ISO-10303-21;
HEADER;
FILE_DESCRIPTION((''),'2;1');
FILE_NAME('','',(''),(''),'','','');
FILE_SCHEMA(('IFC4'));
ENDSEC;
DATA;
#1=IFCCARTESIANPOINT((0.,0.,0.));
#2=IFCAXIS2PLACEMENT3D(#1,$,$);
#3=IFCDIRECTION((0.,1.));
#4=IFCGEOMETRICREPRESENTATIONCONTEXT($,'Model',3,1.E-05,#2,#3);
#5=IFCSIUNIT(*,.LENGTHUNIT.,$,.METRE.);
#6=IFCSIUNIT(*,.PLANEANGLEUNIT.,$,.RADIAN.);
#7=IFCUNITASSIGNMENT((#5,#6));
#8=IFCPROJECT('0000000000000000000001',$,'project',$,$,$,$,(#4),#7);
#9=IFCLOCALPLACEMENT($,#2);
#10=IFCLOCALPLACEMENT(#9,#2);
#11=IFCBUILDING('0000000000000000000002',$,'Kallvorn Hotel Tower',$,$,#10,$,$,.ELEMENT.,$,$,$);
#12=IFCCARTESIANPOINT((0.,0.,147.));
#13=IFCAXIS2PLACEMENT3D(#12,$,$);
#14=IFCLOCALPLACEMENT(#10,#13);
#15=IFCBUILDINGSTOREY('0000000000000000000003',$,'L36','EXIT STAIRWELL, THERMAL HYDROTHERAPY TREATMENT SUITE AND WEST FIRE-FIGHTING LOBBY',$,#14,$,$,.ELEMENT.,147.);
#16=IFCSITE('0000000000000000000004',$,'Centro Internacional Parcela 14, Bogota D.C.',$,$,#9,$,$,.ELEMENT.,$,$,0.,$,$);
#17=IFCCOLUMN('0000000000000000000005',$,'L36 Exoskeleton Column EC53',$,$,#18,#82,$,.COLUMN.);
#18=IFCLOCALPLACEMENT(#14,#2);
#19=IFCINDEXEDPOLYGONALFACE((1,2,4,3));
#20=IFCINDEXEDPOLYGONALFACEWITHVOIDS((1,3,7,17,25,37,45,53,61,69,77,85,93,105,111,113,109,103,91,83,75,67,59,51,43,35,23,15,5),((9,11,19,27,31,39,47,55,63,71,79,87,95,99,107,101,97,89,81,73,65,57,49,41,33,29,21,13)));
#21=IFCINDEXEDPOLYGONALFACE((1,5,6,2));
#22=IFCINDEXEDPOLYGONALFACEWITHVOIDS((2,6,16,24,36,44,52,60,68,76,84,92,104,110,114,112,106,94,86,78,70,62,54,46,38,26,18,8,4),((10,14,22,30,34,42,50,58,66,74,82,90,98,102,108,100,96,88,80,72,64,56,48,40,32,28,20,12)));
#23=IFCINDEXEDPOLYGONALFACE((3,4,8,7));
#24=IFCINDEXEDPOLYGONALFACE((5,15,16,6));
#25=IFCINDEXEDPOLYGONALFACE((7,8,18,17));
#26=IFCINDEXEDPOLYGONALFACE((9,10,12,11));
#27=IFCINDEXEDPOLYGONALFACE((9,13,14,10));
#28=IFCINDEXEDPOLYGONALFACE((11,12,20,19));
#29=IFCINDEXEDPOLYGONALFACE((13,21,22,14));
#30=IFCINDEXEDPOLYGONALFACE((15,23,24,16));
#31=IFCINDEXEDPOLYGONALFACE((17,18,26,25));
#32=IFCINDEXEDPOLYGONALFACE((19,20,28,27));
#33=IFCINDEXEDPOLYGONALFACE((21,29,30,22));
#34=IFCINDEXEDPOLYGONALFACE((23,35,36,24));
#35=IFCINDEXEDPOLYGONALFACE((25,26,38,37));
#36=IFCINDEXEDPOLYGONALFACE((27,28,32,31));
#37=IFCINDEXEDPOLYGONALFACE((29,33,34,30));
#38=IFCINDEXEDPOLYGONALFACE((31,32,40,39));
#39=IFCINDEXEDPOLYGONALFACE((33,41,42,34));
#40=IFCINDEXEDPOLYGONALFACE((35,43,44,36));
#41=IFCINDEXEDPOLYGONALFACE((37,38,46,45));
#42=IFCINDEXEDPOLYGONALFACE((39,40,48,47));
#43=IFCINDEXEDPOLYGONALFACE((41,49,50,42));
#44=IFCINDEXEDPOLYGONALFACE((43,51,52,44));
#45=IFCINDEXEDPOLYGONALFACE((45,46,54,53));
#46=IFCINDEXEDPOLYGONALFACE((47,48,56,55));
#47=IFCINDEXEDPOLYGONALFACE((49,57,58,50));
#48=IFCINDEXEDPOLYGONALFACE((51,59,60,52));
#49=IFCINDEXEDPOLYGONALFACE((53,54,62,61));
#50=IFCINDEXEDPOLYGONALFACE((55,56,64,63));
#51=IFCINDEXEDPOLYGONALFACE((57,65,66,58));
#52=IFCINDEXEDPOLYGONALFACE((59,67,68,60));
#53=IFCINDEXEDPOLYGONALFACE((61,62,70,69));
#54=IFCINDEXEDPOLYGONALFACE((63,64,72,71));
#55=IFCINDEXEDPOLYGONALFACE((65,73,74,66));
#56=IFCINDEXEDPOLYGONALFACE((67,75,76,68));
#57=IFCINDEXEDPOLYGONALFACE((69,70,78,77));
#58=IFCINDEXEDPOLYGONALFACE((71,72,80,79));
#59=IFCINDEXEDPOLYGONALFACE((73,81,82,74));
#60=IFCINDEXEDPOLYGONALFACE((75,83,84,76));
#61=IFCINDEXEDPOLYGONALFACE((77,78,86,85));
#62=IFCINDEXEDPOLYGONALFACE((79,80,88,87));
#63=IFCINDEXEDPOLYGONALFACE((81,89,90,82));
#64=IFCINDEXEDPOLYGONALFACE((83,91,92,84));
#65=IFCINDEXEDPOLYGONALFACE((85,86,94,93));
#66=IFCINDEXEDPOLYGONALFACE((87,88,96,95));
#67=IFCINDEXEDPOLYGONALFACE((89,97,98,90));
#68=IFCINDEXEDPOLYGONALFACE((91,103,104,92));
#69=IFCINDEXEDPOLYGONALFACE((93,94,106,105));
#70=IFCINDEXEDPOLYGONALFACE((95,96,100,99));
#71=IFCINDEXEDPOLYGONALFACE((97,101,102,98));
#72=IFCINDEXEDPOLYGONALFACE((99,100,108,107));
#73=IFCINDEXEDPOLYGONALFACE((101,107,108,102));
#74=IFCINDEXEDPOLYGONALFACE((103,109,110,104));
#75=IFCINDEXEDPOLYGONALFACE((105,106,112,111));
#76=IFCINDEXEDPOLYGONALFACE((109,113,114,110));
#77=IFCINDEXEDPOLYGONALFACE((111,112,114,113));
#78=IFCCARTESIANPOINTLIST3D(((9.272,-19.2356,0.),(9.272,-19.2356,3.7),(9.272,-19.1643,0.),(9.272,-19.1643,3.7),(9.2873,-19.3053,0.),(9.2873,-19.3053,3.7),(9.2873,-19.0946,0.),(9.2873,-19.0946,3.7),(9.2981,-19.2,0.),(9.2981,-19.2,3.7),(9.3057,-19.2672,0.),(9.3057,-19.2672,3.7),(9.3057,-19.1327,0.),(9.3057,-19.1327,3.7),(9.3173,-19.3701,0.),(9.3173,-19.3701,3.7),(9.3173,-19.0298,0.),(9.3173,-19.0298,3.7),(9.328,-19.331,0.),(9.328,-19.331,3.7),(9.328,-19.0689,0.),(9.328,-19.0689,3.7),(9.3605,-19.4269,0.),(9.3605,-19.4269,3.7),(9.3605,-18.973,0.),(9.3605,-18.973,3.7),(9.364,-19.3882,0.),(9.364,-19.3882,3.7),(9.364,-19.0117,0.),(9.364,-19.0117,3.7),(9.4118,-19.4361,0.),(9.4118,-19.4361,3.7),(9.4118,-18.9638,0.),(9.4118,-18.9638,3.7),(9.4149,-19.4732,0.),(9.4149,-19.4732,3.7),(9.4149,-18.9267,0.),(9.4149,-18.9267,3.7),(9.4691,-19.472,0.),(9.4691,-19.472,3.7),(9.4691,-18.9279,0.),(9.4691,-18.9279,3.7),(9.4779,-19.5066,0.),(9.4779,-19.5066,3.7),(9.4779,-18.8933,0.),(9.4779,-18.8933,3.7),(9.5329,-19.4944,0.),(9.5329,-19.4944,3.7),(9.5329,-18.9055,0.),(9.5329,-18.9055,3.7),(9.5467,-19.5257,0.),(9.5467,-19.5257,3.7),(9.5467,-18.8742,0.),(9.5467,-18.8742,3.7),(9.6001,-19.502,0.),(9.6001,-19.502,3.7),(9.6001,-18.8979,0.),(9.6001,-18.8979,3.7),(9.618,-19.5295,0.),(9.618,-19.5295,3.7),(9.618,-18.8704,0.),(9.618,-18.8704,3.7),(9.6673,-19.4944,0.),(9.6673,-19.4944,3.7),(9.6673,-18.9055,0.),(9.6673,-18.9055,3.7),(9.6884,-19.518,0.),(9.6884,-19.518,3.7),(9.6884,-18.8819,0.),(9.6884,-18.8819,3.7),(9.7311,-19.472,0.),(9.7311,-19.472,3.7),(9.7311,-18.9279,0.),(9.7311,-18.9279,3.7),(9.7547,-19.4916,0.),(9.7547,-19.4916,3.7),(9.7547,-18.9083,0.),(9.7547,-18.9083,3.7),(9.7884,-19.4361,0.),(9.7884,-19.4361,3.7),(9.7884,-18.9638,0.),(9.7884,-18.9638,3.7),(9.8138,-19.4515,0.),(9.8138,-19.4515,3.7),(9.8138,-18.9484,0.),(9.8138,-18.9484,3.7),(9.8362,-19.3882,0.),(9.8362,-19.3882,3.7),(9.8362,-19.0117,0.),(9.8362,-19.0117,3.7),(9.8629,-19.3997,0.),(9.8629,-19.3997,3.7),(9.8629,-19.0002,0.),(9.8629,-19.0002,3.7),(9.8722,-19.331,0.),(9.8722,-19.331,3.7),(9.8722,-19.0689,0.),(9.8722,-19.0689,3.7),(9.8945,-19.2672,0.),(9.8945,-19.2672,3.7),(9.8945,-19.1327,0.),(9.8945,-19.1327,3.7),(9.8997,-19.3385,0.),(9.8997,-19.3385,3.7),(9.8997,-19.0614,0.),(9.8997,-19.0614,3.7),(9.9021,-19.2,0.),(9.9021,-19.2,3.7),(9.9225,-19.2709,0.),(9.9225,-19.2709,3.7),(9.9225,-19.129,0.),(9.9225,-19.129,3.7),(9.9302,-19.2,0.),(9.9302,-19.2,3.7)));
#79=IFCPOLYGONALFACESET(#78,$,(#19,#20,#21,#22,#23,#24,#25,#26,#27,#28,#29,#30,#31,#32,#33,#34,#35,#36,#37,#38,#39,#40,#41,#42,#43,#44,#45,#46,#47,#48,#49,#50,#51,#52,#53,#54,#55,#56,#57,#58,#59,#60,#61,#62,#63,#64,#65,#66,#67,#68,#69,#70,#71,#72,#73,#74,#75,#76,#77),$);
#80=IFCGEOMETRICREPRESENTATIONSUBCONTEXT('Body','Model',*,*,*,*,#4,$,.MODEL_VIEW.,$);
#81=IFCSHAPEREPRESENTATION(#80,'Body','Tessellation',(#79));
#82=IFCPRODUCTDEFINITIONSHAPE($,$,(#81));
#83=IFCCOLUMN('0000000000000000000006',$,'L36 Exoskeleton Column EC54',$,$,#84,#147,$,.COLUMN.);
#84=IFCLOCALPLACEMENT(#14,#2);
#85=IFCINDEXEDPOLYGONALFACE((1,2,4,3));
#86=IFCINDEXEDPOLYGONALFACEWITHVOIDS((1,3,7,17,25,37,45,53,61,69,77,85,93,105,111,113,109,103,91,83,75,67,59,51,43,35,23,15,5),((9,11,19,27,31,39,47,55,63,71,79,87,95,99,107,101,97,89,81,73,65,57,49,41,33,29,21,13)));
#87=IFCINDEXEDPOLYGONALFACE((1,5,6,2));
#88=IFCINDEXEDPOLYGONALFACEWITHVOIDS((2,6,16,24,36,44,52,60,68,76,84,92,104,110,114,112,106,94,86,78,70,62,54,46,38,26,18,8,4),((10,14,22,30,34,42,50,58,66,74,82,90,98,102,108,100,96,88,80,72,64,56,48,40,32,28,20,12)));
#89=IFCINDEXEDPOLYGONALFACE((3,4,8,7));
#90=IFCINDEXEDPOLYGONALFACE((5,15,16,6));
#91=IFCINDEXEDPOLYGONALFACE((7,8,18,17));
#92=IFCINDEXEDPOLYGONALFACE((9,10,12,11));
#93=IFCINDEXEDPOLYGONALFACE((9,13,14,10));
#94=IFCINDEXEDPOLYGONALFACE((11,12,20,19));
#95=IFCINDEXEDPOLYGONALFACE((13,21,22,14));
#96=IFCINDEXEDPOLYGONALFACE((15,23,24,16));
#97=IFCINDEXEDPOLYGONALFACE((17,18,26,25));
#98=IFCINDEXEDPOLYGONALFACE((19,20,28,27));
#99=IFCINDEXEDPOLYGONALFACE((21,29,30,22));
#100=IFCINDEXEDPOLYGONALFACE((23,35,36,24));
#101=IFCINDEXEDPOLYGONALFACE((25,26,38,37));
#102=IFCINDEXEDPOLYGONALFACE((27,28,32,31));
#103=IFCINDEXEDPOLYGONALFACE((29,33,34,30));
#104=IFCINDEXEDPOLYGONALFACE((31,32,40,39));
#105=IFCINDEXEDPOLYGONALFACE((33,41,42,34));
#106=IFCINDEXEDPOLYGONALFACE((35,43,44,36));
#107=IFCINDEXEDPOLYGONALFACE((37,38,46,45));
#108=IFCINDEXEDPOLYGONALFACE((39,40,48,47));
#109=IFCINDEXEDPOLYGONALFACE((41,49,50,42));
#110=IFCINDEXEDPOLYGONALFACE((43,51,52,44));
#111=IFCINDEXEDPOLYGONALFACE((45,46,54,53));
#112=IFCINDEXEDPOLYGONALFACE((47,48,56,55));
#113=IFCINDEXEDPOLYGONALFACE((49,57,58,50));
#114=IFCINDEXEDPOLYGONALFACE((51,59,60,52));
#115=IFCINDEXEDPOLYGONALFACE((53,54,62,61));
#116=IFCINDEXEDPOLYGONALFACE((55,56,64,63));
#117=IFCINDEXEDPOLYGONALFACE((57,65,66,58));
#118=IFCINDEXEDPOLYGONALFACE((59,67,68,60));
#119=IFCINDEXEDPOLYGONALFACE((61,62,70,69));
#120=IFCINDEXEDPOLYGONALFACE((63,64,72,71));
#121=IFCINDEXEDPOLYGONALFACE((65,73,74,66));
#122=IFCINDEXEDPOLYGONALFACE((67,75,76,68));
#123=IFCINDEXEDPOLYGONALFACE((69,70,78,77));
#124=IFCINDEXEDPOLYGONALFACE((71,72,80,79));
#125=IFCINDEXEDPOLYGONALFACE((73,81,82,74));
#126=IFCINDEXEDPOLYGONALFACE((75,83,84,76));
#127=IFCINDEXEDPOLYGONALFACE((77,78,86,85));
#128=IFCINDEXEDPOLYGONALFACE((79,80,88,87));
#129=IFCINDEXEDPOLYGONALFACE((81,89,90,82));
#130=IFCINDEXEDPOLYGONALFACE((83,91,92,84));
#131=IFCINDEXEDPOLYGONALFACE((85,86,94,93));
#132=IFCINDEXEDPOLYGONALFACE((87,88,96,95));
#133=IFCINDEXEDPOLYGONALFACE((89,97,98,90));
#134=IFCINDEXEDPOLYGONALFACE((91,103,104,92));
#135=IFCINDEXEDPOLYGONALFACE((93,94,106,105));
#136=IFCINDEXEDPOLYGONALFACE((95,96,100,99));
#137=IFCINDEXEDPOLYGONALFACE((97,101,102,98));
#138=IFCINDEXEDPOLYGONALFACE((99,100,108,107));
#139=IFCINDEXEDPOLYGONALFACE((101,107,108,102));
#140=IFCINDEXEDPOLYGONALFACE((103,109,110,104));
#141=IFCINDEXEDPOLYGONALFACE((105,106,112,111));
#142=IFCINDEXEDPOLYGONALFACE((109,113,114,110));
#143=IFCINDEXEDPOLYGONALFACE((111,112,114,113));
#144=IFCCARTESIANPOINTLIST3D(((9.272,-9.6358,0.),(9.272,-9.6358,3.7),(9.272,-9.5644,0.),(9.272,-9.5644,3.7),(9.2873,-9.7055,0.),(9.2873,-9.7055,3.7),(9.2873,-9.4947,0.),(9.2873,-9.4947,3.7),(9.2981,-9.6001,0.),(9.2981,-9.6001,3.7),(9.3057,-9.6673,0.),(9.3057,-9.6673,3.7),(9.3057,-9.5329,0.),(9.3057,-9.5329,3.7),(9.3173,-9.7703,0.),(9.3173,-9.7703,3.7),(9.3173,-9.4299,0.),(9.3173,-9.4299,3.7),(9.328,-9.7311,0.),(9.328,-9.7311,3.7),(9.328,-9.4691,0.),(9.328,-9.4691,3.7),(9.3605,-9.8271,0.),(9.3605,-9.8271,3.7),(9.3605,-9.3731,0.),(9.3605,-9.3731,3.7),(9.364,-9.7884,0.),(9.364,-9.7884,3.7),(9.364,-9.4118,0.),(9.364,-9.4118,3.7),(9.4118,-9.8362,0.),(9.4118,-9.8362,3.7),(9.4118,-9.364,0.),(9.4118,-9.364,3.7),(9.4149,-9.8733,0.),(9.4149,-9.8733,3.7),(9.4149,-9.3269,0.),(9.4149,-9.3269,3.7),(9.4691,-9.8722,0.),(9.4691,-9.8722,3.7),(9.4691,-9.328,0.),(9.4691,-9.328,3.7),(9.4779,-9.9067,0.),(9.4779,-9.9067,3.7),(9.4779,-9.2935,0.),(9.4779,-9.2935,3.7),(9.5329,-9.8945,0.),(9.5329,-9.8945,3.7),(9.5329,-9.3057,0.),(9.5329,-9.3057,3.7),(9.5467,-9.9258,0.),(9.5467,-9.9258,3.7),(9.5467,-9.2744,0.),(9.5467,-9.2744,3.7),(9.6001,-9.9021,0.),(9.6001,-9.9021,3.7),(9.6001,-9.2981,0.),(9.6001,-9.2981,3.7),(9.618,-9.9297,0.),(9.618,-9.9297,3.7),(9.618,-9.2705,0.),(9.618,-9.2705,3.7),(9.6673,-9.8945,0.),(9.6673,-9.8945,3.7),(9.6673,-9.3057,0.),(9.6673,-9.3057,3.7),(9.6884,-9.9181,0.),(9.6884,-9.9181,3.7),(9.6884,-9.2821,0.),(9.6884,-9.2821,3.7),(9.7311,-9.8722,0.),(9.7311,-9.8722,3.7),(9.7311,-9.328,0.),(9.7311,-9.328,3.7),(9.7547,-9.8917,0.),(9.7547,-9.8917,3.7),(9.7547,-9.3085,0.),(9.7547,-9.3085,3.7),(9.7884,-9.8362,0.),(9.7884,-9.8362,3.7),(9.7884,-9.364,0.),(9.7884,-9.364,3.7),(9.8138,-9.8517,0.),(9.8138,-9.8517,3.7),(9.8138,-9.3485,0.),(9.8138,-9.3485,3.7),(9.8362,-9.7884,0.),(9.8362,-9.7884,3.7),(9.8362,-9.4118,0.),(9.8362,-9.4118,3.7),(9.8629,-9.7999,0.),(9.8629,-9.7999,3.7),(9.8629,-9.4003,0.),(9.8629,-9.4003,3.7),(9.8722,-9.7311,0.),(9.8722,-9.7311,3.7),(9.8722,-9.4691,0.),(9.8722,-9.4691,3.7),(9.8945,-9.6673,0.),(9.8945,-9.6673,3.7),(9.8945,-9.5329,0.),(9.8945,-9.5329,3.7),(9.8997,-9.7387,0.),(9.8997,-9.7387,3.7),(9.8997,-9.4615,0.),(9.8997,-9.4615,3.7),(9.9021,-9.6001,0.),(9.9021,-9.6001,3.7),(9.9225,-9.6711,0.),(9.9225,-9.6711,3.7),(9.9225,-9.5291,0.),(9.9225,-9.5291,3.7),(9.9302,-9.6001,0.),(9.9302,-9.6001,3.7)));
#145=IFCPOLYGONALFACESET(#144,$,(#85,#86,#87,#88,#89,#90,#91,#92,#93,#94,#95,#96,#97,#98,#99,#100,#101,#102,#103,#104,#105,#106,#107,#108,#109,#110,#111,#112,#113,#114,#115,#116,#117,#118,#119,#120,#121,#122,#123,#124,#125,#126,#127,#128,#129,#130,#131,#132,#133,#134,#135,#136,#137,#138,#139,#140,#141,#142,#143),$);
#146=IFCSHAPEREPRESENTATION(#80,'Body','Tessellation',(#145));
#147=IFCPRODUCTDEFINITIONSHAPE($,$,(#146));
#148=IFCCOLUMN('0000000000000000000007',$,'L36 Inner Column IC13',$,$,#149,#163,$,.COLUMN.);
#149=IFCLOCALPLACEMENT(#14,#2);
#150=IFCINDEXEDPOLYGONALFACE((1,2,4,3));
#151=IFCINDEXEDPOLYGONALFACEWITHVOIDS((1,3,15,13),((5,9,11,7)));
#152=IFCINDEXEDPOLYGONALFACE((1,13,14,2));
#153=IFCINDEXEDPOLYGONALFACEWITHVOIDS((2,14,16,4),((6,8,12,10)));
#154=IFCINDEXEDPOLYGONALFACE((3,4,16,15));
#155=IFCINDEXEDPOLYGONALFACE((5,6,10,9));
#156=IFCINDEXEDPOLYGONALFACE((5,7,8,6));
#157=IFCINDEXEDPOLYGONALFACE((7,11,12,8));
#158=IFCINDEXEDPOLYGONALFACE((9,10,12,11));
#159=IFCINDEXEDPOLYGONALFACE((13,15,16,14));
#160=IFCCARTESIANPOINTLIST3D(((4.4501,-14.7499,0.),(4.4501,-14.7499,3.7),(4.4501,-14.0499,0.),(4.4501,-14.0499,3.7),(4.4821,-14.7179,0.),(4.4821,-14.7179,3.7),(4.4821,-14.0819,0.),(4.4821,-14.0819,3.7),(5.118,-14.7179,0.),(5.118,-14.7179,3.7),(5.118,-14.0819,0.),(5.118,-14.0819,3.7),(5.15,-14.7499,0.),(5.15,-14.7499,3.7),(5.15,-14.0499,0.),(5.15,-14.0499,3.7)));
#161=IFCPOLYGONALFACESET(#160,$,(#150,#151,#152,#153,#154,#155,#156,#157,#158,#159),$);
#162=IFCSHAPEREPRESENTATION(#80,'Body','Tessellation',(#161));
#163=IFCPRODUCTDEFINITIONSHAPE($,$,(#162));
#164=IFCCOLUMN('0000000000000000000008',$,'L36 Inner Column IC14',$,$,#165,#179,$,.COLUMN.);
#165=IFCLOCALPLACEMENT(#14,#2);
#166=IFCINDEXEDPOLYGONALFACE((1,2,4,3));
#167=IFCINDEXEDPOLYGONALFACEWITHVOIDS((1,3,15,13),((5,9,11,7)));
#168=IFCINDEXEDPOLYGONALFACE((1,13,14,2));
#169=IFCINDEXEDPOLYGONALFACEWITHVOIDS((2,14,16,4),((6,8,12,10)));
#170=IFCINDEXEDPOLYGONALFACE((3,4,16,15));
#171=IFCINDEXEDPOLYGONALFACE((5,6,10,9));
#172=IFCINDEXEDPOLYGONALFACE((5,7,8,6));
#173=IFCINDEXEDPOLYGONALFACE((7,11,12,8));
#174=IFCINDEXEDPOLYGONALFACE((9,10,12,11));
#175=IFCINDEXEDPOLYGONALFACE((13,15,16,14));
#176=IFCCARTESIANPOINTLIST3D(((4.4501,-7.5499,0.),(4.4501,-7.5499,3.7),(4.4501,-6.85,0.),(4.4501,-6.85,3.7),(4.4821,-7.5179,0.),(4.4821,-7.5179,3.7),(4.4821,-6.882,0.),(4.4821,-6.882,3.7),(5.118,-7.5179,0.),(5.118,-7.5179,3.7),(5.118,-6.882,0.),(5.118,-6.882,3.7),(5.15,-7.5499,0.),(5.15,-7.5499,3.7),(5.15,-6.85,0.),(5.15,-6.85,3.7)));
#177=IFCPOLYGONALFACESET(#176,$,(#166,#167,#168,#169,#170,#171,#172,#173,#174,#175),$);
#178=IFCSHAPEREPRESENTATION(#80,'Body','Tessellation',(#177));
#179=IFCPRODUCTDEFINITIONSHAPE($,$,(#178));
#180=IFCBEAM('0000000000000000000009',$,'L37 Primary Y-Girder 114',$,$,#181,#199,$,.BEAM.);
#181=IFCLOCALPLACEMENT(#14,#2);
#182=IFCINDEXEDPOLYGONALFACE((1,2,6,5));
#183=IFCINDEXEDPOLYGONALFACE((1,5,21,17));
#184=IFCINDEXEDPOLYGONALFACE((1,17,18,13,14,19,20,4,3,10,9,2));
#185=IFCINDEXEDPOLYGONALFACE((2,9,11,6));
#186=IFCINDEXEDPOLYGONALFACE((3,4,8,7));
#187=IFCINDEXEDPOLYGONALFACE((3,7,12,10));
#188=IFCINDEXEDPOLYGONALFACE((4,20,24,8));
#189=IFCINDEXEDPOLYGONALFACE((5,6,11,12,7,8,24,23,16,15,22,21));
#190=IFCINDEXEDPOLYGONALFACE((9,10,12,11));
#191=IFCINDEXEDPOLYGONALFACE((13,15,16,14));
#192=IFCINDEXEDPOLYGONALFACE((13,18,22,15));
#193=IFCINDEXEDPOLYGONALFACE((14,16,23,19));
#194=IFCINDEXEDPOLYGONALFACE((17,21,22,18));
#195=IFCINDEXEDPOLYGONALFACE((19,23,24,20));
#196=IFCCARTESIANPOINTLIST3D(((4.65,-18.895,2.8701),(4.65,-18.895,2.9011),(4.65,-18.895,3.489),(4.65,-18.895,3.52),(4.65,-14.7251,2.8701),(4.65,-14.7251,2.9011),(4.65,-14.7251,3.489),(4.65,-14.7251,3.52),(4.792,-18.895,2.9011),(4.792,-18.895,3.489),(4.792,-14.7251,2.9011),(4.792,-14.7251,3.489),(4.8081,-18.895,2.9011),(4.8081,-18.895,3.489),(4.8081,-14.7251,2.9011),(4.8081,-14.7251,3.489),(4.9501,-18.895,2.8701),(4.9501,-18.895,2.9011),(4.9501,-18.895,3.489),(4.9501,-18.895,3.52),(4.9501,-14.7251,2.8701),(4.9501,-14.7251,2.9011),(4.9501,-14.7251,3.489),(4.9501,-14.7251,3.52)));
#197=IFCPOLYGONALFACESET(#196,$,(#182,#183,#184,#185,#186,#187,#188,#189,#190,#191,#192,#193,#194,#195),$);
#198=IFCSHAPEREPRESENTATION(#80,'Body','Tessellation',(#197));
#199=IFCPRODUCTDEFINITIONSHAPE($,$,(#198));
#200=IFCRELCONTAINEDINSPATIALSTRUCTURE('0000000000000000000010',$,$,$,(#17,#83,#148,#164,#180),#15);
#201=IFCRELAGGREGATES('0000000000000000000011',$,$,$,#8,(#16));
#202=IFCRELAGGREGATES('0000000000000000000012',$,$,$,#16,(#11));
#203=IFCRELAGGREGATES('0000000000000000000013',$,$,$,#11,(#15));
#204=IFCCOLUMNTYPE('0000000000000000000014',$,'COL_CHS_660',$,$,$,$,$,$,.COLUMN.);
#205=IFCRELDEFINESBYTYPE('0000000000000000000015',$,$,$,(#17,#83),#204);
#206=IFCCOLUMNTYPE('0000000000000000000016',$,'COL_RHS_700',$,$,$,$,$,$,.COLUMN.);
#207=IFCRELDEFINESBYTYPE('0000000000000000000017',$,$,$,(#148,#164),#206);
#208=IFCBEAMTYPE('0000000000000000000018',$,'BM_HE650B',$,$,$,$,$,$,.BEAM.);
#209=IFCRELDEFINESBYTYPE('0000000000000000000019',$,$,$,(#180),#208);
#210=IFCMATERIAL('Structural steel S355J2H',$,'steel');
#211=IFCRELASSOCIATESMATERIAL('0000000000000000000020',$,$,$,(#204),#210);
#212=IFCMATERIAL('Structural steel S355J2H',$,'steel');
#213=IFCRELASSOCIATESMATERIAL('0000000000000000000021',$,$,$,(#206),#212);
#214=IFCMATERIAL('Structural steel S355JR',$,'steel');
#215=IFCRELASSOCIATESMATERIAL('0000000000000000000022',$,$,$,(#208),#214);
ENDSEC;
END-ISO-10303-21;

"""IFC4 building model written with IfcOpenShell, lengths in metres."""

from ifc_helpers import new_model, si_unit, direction, frame, origin, origin_2d, place, context, subcontext, project, spatial, hollow_rectangle, hollow_circle, i_section, extrude, material, material_profile, profile_set, type_object, element, save


model = new_model("IFC4")

# Units and contexts
model_context = context("Model", 3, precision=1e-05, world=origin(), true_north=direction((0.0, 1.0)))
body_context = subcontext(model_context, "Body", "Model", "MODEL_VIEW")
ifc_project = project(units=[si_unit("LENGTHUNIT", "METRE"), si_unit("PLANEANGLEUNIT", "RADIAN")], contexts=[model_context])

# Site, building, storey
site_placement = place(None, origin())
site = spatial("IfcSite", under=ifc_project, at=site_placement, Name="Centro Internacional Parcela 14, Bogota D.C.", CompositionType="ELEMENT", RefElevation=0.0)
building_placement = place(site_placement, origin())
building = spatial("IfcBuilding", under=site, at=building_placement, Name="Kallvorn Hotel Tower", CompositionType="ELEMENT")
storey_placement = place(building_placement, frame((0.0, 0.0, 147.0)))
storey = spatial("IfcBuildingStorey", under=building, at=storey_placement, Name="L36", Description="EXIT STAIRWELL, THERMAL HYDROTHERAPY TREATMENT SUITE AND WEST FIRE-FIGHTING LOBBY", CompositionType="ELEMENT", Elevation=147.0)

# Columns
ifc_material_1 = material(Name="Structural steel S355J2H", Category="steel")
ifc_material_profile_1 = material_profile(ifc_material_1, hollow_circle(Radius=0.3301, WallThickness=0.0281, at=origin_2d()), Name="CHS 660x28")
ifc_profile_set_1 = profile_set([ifc_material_profile_1], Name="Structural steel S355J2H")
column_type_1 = type_object("IfcColumnType", Name="COL_CHS_660", PredefinedType="COLUMN", material=ifc_profile_set_1)
for number, where, z_axis, x_axis, name in (
    (1, (9.6001, -19.2, 0.0), (0.0, 0.0, 1.0), (1.0, 0.0, 0.0), "L36 Exoskeleton Column EC53"),
    (2, (9.6001, -9.6001, 0.0), (0.0, 0.0, 1.0), (1.0, 0.0, 0.0), "L36 Exoskeleton Column EC54"),
):
    element("IfcColumn", number, at=place(storey_placement, frame(where, z_axis=z_axis, x_axis=x_axis)), inside=storey, type_object=column_type_1, Name=name, PredefinedType="COLUMN", context=body_context, shape_type="SweptSolid", body=[
        extrude(hollow_circle(Radius=0.3301, WallThickness=0.0281, at=origin_2d()), origin(), (0.0, 0.0, 1.0), 3.7),
    ])
ifc_material_2 = material(Name="Structural steel S355J2H", Category="steel")
ifc_material_profile_2 = material_profile(ifc_material_2, hollow_rectangle(XDim=0.7, YDim=0.7, WallThickness=0.032, at=origin_2d()), Name="RHS 700x700x32")
ifc_profile_set_2 = profile_set([ifc_material_profile_2], Name="Structural steel S355J2H")
column_type_2 = type_object("IfcColumnType", Name="COL_RHS_700", PredefinedType="COLUMN", material=ifc_profile_set_2)
for number, where, z_axis, x_axis, name in (
    (3, (4.8, -14.3999, 0.0), (0.0, 0.0, 1.0), (1.0, 0.0, 0.0), "L36 Inner Column IC13"),
    (4, (4.8, -7.2, 0.0), (0.0, 0.0, 1.0), (1.0, 0.0, 0.0), "L36 Inner Column IC14"),
):
    element("IfcColumn", number, at=place(storey_placement, frame(where, z_axis=z_axis, x_axis=x_axis)), inside=storey, type_object=column_type_2, Name=name, PredefinedType="COLUMN", context=body_context, shape_type="SweptSolid", body=[
        extrude(hollow_rectangle(XDim=0.7, YDim=0.7, WallThickness=0.032, at=origin_2d()), origin(), (0.0, 0.0, 1.0), 3.7),
    ])

# Beam
ifc_material_3 = material(Name="Structural steel S355JR", Category="steel")
ifc_material_profile_3 = material_profile(ifc_material_3, i_section(OverallWidth=0.3, OverallDepth=0.6499, WebThickness=0.0161, FlangeThickness=0.031, at=origin_2d()), Name="HE 650 B")
ifc_profile_set_3 = profile_set([ifc_material_profile_3], Name="Structural steel S355JR")
beam_type_1 = type_object("IfcBeamType", Name="BM_HE650B", PredefinedType="BEAM", material=ifc_profile_set_3)
beam_1_placement = place(storey_placement, frame((4.8, -18.895, 3.1951), z_axis=(0.0, 1.0, 0.0), x_axis=(-1.0, 0.0, 0.0)))
element("IfcBeam", 5, at=beam_1_placement, inside=storey, type_object=beam_type_1, Name="L37 Primary Y-Girder 114", PredefinedType="BEAM", context=body_context, shape_type="SweptSolid", body=[
    extrude(i_section(OverallWidth=0.3, OverallDepth=0.6499, WebThickness=0.0161, FlangeThickness=0.031, at=origin_2d()), origin(), (0.0, 0.0, 1.0), 4.1699),
])

save(model, "model.ifc")
